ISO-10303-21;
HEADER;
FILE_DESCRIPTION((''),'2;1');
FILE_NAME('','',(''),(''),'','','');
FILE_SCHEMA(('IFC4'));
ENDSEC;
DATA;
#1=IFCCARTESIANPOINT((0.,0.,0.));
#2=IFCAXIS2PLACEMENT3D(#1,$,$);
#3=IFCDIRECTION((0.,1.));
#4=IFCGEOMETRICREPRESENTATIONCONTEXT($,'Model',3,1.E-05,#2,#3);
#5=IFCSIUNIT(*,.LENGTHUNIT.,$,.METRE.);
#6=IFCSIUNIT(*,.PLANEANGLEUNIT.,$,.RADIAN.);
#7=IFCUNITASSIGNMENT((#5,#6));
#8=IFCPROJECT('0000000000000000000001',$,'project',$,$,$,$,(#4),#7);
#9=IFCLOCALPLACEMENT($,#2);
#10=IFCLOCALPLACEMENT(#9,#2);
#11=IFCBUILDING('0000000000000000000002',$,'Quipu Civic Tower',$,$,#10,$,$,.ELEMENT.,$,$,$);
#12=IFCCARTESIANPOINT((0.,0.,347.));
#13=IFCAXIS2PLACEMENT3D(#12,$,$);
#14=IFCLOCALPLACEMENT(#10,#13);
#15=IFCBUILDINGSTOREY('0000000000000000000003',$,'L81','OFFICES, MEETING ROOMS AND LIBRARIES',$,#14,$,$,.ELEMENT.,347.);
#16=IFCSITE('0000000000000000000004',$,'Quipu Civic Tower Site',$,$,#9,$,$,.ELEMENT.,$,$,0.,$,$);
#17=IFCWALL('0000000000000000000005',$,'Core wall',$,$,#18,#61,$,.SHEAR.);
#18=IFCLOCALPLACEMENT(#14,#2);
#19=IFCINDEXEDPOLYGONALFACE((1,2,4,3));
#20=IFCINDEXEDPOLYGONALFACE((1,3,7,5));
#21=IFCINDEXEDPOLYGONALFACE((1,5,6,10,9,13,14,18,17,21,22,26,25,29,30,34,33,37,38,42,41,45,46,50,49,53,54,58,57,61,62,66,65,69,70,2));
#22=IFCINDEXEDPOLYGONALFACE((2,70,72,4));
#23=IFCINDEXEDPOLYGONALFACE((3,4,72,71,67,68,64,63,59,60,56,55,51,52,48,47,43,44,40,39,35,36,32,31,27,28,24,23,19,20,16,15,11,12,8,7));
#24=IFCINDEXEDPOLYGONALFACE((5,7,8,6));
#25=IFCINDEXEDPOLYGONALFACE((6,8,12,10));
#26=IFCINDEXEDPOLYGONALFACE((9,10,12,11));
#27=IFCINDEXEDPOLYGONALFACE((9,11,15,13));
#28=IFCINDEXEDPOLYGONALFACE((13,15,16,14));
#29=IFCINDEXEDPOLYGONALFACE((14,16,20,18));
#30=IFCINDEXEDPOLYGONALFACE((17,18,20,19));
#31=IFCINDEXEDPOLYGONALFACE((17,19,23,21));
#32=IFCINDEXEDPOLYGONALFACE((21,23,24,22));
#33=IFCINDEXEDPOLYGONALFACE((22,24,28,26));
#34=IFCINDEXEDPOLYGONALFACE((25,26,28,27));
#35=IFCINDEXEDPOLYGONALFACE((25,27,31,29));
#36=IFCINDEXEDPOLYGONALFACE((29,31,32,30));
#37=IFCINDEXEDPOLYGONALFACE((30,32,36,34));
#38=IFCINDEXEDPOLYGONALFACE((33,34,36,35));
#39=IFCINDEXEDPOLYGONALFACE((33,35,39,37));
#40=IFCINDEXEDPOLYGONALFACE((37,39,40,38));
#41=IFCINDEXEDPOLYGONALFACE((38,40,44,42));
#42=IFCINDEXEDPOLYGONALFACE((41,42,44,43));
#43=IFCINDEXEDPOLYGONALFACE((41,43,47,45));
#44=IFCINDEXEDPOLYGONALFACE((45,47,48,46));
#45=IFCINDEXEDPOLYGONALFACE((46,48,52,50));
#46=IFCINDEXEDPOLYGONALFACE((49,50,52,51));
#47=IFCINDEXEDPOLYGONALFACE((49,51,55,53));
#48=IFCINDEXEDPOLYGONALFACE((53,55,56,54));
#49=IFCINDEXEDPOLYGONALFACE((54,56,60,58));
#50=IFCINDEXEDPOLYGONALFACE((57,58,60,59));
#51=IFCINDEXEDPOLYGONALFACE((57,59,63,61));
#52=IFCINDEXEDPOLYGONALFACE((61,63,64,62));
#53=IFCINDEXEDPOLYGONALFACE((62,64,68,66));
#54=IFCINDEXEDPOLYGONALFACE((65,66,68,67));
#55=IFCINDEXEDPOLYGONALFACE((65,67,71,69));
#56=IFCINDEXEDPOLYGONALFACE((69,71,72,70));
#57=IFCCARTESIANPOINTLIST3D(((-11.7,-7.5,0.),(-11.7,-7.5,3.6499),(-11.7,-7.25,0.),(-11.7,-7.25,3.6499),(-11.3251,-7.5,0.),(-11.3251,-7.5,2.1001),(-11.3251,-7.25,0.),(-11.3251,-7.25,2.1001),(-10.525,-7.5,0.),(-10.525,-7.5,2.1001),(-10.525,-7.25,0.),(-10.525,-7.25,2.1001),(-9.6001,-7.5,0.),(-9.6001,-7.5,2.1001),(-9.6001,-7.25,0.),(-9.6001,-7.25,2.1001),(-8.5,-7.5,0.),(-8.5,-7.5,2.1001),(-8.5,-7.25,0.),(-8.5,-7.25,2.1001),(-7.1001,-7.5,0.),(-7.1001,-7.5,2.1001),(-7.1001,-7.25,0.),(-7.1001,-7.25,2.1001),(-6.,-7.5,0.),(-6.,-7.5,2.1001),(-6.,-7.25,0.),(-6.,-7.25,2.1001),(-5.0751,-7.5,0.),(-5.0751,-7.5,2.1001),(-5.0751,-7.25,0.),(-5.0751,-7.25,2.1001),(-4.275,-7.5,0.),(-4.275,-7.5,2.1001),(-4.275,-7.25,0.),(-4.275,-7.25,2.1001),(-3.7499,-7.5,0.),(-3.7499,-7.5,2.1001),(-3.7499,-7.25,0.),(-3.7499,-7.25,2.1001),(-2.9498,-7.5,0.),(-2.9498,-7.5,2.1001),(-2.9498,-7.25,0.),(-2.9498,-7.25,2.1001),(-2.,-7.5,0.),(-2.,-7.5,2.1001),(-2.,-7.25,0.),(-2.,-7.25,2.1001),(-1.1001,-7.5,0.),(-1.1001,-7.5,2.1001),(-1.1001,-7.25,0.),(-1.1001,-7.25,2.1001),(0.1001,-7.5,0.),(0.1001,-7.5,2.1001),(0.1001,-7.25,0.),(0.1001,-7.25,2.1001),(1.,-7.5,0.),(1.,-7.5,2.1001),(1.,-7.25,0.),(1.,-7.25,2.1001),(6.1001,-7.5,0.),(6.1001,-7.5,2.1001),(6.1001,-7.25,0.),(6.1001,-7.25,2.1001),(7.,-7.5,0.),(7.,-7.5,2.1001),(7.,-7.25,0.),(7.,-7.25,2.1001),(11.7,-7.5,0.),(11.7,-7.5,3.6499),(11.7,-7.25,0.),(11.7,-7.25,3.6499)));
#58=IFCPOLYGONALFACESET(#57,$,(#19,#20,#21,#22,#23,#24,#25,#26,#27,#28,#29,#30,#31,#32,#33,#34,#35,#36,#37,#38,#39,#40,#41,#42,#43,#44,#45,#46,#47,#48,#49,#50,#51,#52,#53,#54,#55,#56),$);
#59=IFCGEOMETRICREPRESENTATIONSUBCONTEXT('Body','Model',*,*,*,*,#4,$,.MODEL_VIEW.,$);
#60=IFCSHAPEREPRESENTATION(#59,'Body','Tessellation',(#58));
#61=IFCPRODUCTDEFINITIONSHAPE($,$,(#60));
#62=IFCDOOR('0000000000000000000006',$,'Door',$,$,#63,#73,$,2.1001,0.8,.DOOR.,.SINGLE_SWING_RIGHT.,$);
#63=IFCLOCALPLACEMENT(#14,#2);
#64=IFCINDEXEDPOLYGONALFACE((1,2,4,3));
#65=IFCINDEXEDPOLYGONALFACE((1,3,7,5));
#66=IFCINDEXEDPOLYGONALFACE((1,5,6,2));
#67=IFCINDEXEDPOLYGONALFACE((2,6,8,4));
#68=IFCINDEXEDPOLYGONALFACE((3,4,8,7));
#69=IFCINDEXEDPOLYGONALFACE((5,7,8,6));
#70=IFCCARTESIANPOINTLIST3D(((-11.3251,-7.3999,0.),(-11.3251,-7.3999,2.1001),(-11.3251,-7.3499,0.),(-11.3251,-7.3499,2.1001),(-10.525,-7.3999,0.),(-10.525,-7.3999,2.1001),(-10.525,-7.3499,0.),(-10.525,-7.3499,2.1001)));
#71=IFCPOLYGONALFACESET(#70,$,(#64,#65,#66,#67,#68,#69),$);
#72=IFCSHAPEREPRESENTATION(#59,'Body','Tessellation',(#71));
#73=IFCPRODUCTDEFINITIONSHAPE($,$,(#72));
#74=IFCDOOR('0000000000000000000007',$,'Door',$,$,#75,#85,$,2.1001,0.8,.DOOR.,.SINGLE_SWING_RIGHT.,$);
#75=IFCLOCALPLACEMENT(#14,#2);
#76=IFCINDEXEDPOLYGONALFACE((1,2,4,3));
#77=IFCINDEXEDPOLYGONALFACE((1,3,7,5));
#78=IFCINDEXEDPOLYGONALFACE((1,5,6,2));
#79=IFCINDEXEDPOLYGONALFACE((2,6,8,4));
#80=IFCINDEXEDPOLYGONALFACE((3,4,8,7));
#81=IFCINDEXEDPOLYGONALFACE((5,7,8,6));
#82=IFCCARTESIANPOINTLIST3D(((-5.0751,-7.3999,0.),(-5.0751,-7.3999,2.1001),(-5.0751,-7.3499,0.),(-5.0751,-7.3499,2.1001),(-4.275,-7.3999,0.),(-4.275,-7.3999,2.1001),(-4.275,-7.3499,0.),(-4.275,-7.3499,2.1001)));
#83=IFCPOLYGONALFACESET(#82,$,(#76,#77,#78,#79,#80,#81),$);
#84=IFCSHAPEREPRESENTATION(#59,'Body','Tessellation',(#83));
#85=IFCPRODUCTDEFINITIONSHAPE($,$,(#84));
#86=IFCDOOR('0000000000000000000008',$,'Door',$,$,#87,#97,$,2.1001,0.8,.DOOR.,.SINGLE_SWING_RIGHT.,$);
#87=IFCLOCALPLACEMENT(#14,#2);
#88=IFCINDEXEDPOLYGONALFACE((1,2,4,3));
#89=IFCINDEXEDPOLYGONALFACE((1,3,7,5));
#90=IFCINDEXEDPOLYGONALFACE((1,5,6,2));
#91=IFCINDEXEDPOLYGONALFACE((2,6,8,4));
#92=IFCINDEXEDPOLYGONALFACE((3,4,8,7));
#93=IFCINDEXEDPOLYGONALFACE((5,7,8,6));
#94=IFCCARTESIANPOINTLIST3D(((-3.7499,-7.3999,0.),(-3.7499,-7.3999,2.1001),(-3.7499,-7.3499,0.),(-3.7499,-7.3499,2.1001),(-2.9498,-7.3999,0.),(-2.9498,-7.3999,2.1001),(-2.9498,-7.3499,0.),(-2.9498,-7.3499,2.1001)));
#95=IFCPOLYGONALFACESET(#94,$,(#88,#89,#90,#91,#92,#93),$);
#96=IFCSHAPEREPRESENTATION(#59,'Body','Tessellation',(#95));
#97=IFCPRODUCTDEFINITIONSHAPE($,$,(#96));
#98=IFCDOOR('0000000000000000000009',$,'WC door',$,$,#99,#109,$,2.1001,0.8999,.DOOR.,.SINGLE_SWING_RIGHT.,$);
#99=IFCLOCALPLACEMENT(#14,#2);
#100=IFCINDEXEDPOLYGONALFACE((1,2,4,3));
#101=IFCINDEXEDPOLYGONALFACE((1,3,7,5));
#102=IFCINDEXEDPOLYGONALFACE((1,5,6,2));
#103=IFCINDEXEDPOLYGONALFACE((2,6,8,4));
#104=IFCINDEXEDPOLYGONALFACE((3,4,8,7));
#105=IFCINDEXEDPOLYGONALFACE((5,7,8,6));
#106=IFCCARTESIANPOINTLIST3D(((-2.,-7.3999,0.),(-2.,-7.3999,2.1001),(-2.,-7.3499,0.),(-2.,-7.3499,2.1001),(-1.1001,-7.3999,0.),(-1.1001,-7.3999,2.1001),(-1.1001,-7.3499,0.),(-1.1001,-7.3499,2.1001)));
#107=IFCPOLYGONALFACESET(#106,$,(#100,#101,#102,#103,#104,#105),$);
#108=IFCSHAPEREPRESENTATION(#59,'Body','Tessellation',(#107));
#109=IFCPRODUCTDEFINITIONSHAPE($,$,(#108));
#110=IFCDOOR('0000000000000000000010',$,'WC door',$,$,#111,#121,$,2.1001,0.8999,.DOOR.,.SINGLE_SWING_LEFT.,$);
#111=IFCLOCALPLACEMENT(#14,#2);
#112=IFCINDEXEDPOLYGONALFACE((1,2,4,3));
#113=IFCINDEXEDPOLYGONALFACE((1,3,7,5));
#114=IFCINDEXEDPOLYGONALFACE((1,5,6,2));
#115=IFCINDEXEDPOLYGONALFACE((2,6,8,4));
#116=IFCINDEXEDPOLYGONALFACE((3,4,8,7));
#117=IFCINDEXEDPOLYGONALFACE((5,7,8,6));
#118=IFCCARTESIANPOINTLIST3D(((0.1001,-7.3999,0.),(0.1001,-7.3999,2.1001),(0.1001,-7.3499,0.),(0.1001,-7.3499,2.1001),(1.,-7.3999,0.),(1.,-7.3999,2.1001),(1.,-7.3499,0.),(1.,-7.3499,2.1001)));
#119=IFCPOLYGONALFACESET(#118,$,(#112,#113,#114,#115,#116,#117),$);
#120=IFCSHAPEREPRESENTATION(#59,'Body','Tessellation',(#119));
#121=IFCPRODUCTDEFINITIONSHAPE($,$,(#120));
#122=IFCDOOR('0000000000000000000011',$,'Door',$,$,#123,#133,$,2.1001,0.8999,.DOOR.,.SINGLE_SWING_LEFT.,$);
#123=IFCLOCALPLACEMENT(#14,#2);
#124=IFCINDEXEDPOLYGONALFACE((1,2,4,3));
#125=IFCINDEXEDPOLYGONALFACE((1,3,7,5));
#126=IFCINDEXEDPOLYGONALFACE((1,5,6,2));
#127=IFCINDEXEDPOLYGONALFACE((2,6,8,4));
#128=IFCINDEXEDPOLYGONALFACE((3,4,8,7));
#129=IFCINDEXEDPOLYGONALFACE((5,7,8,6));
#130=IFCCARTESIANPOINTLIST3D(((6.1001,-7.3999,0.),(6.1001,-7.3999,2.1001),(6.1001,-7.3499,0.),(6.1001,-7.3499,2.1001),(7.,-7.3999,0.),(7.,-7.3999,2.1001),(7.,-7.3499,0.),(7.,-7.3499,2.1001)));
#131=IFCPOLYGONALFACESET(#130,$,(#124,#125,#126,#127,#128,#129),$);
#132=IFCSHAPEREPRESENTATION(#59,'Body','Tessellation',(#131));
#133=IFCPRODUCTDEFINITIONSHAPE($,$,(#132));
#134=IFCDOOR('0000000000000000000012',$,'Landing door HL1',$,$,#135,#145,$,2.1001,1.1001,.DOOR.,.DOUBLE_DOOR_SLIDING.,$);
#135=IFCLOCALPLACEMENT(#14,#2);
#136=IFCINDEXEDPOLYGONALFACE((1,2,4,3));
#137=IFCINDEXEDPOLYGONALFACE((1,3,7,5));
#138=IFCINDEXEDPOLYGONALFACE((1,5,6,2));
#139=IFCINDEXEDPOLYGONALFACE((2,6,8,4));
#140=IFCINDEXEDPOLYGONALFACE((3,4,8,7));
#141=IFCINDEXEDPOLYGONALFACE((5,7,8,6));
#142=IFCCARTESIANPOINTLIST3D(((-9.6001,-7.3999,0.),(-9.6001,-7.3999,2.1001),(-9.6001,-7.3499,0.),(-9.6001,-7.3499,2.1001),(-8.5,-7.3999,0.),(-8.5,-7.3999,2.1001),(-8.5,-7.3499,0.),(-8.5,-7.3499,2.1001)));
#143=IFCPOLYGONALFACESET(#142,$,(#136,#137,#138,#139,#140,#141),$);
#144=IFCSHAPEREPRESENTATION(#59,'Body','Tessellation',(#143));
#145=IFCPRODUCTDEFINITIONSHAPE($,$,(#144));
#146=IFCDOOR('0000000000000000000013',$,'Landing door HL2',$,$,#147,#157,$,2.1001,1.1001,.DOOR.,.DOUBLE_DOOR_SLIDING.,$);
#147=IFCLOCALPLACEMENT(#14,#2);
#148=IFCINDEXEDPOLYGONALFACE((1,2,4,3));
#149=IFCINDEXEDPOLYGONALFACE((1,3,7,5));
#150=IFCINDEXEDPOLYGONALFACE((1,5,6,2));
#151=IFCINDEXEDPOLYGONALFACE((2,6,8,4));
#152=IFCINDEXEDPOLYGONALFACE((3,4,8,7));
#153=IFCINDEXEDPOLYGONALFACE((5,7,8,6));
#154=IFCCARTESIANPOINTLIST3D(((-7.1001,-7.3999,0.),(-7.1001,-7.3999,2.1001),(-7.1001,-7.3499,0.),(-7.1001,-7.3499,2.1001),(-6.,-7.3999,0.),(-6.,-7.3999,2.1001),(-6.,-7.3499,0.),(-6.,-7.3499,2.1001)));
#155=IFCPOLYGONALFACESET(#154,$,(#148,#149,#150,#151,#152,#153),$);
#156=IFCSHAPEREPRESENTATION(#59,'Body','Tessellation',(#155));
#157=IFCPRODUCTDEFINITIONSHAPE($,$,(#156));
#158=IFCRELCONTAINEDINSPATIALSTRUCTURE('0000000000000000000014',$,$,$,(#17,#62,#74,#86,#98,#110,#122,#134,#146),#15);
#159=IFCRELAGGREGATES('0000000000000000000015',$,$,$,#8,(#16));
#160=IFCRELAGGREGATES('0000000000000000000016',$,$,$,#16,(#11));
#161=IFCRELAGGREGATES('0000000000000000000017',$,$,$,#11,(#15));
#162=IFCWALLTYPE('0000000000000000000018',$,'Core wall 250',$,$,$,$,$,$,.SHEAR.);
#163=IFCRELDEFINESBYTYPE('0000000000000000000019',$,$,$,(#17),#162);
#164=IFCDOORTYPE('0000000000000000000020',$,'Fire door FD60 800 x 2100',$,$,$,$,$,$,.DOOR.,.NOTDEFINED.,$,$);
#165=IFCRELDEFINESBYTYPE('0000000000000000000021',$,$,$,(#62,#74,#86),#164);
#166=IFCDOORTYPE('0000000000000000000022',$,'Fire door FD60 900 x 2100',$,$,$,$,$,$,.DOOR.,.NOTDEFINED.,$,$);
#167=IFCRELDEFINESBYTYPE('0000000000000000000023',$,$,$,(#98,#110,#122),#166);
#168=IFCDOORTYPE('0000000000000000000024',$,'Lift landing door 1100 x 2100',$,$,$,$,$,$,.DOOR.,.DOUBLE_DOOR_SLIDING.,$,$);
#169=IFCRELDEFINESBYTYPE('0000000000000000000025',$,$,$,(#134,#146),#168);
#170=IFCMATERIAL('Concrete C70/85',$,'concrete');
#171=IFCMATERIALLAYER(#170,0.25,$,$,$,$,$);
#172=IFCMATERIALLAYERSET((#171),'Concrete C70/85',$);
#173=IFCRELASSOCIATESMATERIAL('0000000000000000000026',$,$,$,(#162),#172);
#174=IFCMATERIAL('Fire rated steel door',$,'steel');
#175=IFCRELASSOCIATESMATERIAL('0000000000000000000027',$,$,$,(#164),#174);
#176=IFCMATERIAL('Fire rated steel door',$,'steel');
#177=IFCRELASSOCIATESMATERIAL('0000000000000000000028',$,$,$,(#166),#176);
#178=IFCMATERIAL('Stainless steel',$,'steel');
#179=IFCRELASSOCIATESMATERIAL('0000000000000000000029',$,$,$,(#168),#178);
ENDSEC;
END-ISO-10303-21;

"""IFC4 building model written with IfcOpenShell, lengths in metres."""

from ifc_helpers import new_model, si_unit, direction, frame, frame_2d, origin, place, context, subcontext, project, spatial, rectangle, extrude, material, layer, layer_set, type_object, element, fill, save


model = new_model("IFC4")

# Units and contexts
model_context = context("Model", 3, precision=1e-05, world=origin(), true_north=direction((0.0, 1.0)))
body_context = subcontext(model_context, "Body", "Model", "MODEL_VIEW")
ifc_project = project(units=[si_unit("LENGTHUNIT", "METRE"), si_unit("PLANEANGLEUNIT", "RADIAN")], contexts=[model_context])

# Site, building, storey
site_placement = place(None, origin())
site = spatial("IfcSite", under=ifc_project, at=site_placement, Name="Quipu Civic Tower Site", CompositionType="ELEMENT", RefElevation=0.0)
building_placement = place(site_placement, origin())
building = spatial("IfcBuilding", under=site, at=building_placement, Name="Quipu Civic Tower", CompositionType="ELEMENT")
storey_placement = place(building_placement, frame((0.0, 0.0, 347.0)))
storey = spatial("IfcBuildingStorey", under=building, at=storey_placement, Name="L81", Description="OFFICES, MEETING ROOMS AND LIBRARIES", CompositionType="ELEMENT", Elevation=347.0)

# Shared definitions
ifc_material_1 = material(Name="Concrete C70/85", Category="concrete")
ifc_layer_1 = layer(ifc_material_1, 0.25)
ifc_layer_set_1 = layer_set([ifc_layer_1], Name="Concrete C70/85")
wall_type_1 = type_object("IfcWallType", Name="Core wall 250", PredefinedType="SHEAR", material=ifc_layer_set_1)

# Wall, openings, doors
wall_1_placement = place(storey_placement, frame((11.7, -7.375, 0.0), z_axis=(0.0, 0.0, 1.0), x_axis=(-1.0, 0.0, 0.0)))
wall_1 = element("IfcWall", 1, at=wall_1_placement, inside=storey, type_object=wall_type_1, Name="Core wall", PredefinedType="SHEAR", context=body_context, shape_type="SweptSolid", body=[
    extrude(rectangle(XDim=23.3999, YDim=0.25, at=frame_2d((11.7, 0.0))), origin(), (0.0, 0.0, 1.0), 3.6499),
])
opening_1_placement = place(wall_1_placement, frame((22.2251, 0.0, 0.0)))
opening_1 = element("IfcOpeningElement", 2, at=opening_1_placement, cuts=wall_1, PredefinedType="OPENING", context=body_context, shape_type="SweptSolid", body=[
    extrude(rectangle(XDim=0.8, YDim=2.1001, at=frame_2d((0.3999, 1.05))), frame((0.0, 0.135, 0.0), z_axis=(0.0, -1.0, 0.0), x_axis=(1.0, 0.0, 0.0)), (0.0, 0.0, 1.0), 0.27),
])
opening_2_placement = place(wall_1_placement, frame((20.2, 0.0, 0.0)))
opening_2 = element("IfcOpeningElement", 3, at=opening_2_placement, cuts=wall_1, PredefinedType="OPENING", context=body_context, shape_type="SweptSolid", body=[
    extrude(rectangle(XDim=1.1001, YDim=2.1001, at=frame_2d((0.55, 1.05))), frame((0.0, 0.135, 0.0), z_axis=(0.0, -1.0, 0.0), x_axis=(1.0, 0.0, 0.0)), (0.0, 0.0, 1.0), 0.27),
])
opening_3_placement = place(wall_1_placement, frame((17.7, 0.0, 0.0)))
opening_3 = element("IfcOpeningElement", 4, at=opening_3_placement, cuts=wall_1, PredefinedType="OPENING", context=body_context, shape_type="SweptSolid", body=[
    extrude(rectangle(XDim=1.1001, YDim=2.1001, at=frame_2d((0.55, 1.05))), frame((0.0, 0.135, 0.0), z_axis=(0.0, -1.0, 0.0), x_axis=(1.0, 0.0, 0.0)), (0.0, 0.0, 1.0), 0.27),
])
opening_4_placement = place(wall_1_placement, frame((15.9751, 0.0, 0.0)))
opening_4 = element("IfcOpeningElement", 5, at=opening_4_placement, cuts=wall_1, PredefinedType="OPENING", context=body_context, shape_type="SweptSolid", body=[
    extrude(rectangle(XDim=0.8, YDim=2.1001, at=frame_2d((0.3999, 1.05))), frame((0.0, 0.135, 0.0), z_axis=(0.0, -1.0, 0.0), x_axis=(1.0, 0.0, 0.0)), (0.0, 0.0, 1.0), 0.27),
])
opening_5_placement = place(wall_1_placement, frame((14.6499, 0.0, 0.0)))
opening_5 = element("IfcOpeningElement", 6, at=opening_5_placement, cuts=wall_1, PredefinedType="OPENING", context=body_context, shape_type="SweptSolid", body=[
    extrude(rectangle(XDim=0.8, YDim=2.1001, at=frame_2d((0.3999, 1.05))), frame((0.0, 0.135, 0.0), z_axis=(0.0, -1.0, 0.0), x_axis=(1.0, 0.0, 0.0)), (0.0, 0.0, 1.0), 0.27),
])
opening_6_placement = place(wall_1_placement, frame((12.8, 0.0, 0.0)))
opening_6 = element("IfcOpeningElement", 7, at=opening_6_placement, cuts=wall_1, PredefinedType="OPENING", context=body_context, shape_type="SweptSolid", body=[
    extrude(rectangle(XDim=0.8999, YDim=2.1001, at=frame_2d((0.45, 1.05))), frame((0.0, 0.135, 0.0), z_axis=(0.0, -1.0, 0.0), x_axis=(1.0, 0.0, 0.0)), (0.0, 0.0, 1.0), 0.27),
])
opening_7_placement = place(wall_1_placement, frame((10.7, 0.0, 0.0)))
opening_7 = element("IfcOpeningElement", 8, at=opening_7_placement, cuts=wall_1, PredefinedType="OPENING", context=body_context, shape_type="SweptSolid", body=[
    extrude(rectangle(XDim=0.8999, YDim=2.1001, at=frame_2d((0.45, 1.05))), frame((0.0, 0.135, 0.0), z_axis=(0.0, -1.0, 0.0), x_axis=(1.0, 0.0, 0.0)), (0.0, 0.0, 1.0), 0.27),
])
opening_8_placement = place(wall_1_placement, frame((4.7, 0.0, 0.0)))
opening_8 = element("IfcOpeningElement", 9, at=opening_8_placement, cuts=wall_1, PredefinedType="OPENING", context=body_context, shape_type="SweptSolid", body=[
    extrude(rectangle(XDim=0.8999, YDim=2.1001, at=frame_2d((0.45, 1.05))), frame((0.0, 0.135, 0.0), z_axis=(0.0, -1.0, 0.0), x_axis=(1.0, 0.0, 0.0)), (0.0, 0.0, 1.0), 0.27),
])
ifc_material_2 = material(Name="Fire rated steel door", Category="steel")
door_type_1 = type_object("IfcDoorType", Name="Fire door FD60 800 x 2100", OperationType="NOTDEFINED", PredefinedType="DOOR", material=ifc_material_2)
door_1_placement = place(opening_1_placement, origin())
door_1 = element("IfcDoor", 10, at=door_1_placement, inside=storey, type_object=door_type_1, Name="Door", OperationType="SINGLE_SWING_RIGHT", OverallHeight=2.1001, OverallWidth=0.8, PredefinedType="DOOR", context=body_context, shape_type="SweptSolid", body=[
    extrude(rectangle(XDim=0.8, YDim=2.1001, at=frame_2d((0.3999, 1.05))), frame((0.0, 0.0249, 0.0), z_axis=(0.0, -1.0, 0.0), x_axis=(1.0, 0.0, 0.0)), (0.0, 0.0, 1.0), 0.05),
])
fill(opening_1, door_1)
door_2_placement = place(opening_4_placement, origin())
door_2 = element("IfcDoor", 11, at=door_2_placement, inside=storey, type_object=door_type_1, Name="Door", OperationType="SINGLE_SWING_RIGHT", OverallHeight=2.1001, OverallWidth=0.8, PredefinedType="DOOR", context=body_context, shape_type="SweptSolid", body=[
    extrude(rectangle(XDim=0.8, YDim=2.1001, at=frame_2d((0.3999, 1.05))), frame((0.0, 0.0249, 0.0), z_axis=(0.0, -1.0, 0.0), x_axis=(1.0, 0.0, 0.0)), (0.0, 0.0, 1.0), 0.05),
])
fill(opening_4, door_2)
door_3_placement = place(opening_5_placement, origin())
door_3 = element("IfcDoor", 12, at=door_3_placement, inside=storey, type_object=door_type_1, Name="Door", OperationType="SINGLE_SWING_RIGHT", OverallHeight=2.1001, OverallWidth=0.8, PredefinedType="DOOR", context=body_context, shape_type="SweptSolid", body=[
    extrude(rectangle(XDim=0.8, YDim=2.1001, at=frame_2d((0.3999, 1.05))), frame((0.0, 0.0249, 0.0), z_axis=(0.0, -1.0, 0.0), x_axis=(1.0, 0.0, 0.0)), (0.0, 0.0, 1.0), 0.05),
])
fill(opening_5, door_3)
ifc_material_3 = material(Name="Fire rated steel door", Category="steel")
door_type_2 = type_object("IfcDoorType", Name="Fire door FD60 900 x 2100", OperationType="NOTDEFINED", PredefinedType="DOOR", material=ifc_material_3)
door_4_placement = place(opening_6_placement, origin())
door_4 = element("IfcDoor", 13, at=door_4_placement, inside=storey, type_object=door_type_2, Name="WC door", OperationType="SINGLE_SWING_RIGHT", OverallHeight=2.1001, OverallWidth=0.8999, PredefinedType="DOOR", context=body_context, shape_type="SweptSolid", body=[
    extrude(rectangle(XDim=0.8999, YDim=2.1001, at=frame_2d((0.45, 1.05))), frame((0.0, 0.0249, 0.0), z_axis=(0.0, -1.0, 0.0), x_axis=(1.0, 0.0, 0.0)), (0.0, 0.0, 1.0), 0.05),
])
fill(opening_6, door_4)
door_5_placement = place(opening_7_placement, origin())
door_5 = element("IfcDoor", 14, at=door_5_placement, inside=storey, type_object=door_type_2, Name="WC door", OperationType="SINGLE_SWING_LEFT", OverallHeight=2.1001, OverallWidth=0.8999, PredefinedType="DOOR", context=body_context, shape_type="SweptSolid", body=[
    extrude(rectangle(XDim=0.8999, YDim=2.1001, at=frame_2d((0.45, 1.05))), frame((0.0, 0.0249, 0.0), z_axis=(0.0, -1.0, 0.0), x_axis=(1.0, 0.0, 0.0)), (0.0, 0.0, 1.0), 0.05),
])
fill(opening_7, door_5)
door_6_placement = place(opening_8_placement, origin())
door_6 = element("IfcDoor", 15, at=door_6_placement, inside=storey, type_object=door_type_2, Name="Door", OperationType="SINGLE_SWING_LEFT", OverallHeight=2.1001, OverallWidth=0.8999, PredefinedType="DOOR", context=body_context, shape_type="SweptSolid", body=[
    extrude(rectangle(XDim=0.8999, YDim=2.1001, at=frame_2d((0.45, 1.05))), frame((0.0, 0.0249, 0.0), z_axis=(0.0, -1.0, 0.0), x_axis=(1.0, 0.0, 0.0)), (0.0, 0.0, 1.0), 0.05),
])
fill(opening_8, door_6)
ifc_material_4 = material(Name="Stainless steel", Category="steel")
door_type_3 = type_object("IfcDoorType", Name="Lift landing door 1100 x 2100", OperationType="DOUBLE_DOOR_SLIDING", PredefinedType="DOOR", material=ifc_material_4)
door_7_placement = place(opening_2_placement, origin())
door_7 = element("IfcDoor", 16, at=door_7_placement, inside=storey, type_object=door_type_3, Name="Landing door HL1", OperationType="DOUBLE_DOOR_SLIDING", OverallHeight=2.1001, OverallWidth=1.1001, PredefinedType="DOOR", context=body_context, shape_type="SweptSolid", body=[
    extrude(rectangle(XDim=1.1001, YDim=2.1001, at=frame_2d((0.55, 1.05))), frame((0.0, 0.0249, 0.0), z_axis=(0.0, -1.0, 0.0), x_axis=(1.0, 0.0, 0.0)), (0.0, 0.0, 1.0), 0.05),
])
fill(opening_2, door_7)
door_8_placement = place(opening_3_placement, origin())
door_8 = element("IfcDoor", 17, at=door_8_placement, inside=storey, type_object=door_type_3, Name="Landing door HL2", OperationType="DOUBLE_DOOR_SLIDING", OverallHeight=2.1001, OverallWidth=1.1001, PredefinedType="DOOR", context=body_context, shape_type="SweptSolid", body=[
    extrude(rectangle(XDim=1.1001, YDim=2.1001, at=frame_2d((0.55, 1.05))), frame((0.0, 0.0249, 0.0), z_axis=(0.0, -1.0, 0.0), x_axis=(1.0, 0.0, 0.0)), (0.0, 0.0, 1.0), 0.05),
])
fill(opening_3, door_8)

save(model, "model.ifc")
